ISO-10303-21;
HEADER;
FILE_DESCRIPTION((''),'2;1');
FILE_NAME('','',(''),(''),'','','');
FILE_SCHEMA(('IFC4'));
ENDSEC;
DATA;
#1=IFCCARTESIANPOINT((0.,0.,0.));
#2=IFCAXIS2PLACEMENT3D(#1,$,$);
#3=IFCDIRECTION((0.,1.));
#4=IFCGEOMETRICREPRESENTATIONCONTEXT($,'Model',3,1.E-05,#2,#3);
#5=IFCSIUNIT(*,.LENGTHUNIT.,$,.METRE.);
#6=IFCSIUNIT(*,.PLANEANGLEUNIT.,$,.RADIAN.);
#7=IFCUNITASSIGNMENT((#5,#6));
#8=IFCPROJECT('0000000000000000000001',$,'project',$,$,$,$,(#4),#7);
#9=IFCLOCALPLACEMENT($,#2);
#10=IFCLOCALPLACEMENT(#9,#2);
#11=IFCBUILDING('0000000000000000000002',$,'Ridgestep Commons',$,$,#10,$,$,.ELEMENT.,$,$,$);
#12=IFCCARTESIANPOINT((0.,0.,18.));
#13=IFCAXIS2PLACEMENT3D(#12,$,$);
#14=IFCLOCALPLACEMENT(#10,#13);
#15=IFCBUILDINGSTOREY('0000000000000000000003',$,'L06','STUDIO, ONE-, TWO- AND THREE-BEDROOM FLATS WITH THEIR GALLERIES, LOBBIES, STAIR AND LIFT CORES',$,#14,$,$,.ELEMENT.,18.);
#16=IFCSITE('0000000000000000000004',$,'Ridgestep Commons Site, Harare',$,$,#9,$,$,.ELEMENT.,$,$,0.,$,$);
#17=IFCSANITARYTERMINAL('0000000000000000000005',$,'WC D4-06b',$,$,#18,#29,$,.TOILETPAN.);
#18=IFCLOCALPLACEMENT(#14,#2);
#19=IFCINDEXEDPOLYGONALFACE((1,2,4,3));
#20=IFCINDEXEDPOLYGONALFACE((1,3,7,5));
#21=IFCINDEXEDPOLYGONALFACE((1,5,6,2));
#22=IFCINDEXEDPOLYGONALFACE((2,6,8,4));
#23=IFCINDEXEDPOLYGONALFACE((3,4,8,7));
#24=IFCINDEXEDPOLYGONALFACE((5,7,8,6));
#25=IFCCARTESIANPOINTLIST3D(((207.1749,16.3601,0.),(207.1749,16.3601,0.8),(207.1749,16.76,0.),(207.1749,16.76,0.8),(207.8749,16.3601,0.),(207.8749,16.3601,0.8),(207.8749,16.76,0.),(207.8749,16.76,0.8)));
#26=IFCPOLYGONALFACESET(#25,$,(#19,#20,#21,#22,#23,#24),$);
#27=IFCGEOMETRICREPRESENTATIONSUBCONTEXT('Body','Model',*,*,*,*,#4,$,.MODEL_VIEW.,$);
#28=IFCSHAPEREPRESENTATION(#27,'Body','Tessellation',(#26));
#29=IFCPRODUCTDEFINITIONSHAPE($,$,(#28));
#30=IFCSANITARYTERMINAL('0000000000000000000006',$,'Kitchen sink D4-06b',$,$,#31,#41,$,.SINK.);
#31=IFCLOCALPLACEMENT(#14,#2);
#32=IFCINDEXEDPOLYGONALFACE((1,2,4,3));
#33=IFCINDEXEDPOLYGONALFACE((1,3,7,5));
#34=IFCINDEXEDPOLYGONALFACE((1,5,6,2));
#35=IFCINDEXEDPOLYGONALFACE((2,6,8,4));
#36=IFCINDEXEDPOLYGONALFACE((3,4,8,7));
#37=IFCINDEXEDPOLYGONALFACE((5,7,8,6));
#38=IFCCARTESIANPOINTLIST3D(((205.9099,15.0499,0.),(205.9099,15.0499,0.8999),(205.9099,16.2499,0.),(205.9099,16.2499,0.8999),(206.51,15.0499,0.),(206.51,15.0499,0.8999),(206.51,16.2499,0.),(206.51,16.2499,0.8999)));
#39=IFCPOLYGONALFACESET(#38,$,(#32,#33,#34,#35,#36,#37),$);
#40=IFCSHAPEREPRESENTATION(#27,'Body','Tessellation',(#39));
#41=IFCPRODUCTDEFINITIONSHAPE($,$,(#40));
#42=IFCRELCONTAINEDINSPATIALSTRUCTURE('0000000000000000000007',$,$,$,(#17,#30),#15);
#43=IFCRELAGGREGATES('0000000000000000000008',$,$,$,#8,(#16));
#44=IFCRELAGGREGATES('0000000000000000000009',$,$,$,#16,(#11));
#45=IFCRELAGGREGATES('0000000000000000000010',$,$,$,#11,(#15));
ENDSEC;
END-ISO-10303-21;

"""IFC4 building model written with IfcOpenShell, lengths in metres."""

from ifc_helpers import new_model, si_unit, direction, frame, origin, origin_2d, place, context, subcontext, project, spatial, rectangle, extrude, element, save


model = new_model("IFC4")

# Units and contexts
model_context = context("Model", 3, precision=1e-05, world=origin(), true_north=direction((0.0, 1.0)))
body_context = subcontext(model_context, "Body", "Model", "MODEL_VIEW")
ifc_project = project(units=[si_unit("LENGTHUNIT", "METRE"), si_unit("PLANEANGLEUNIT", "RADIAN")], contexts=[model_context])

# Site, building, storey
site_placement = place(None, origin())
site = spatial("IfcSite", under=ifc_project, at=site_placement, Name="Ridgestep Commons Site, Harare", CompositionType="ELEMENT", RefElevation=0.0)
building_placement = place(site_placement, origin())
building = spatial("IfcBuilding", under=site, at=building_placement, Name="Ridgestep Commons", CompositionType="ELEMENT")
storey_placement = place(building_placement, frame((0.0, 0.0, 18.0)))
storey = spatial("IfcBuildingStorey", under=building, at=storey_placement, Name="L06", Description="STUDIO, ONE-, TWO- AND THREE-BEDROOM FLATS WITH THEIR GALLERIES, LOBBIES, STAIR AND LIFT CORES", CompositionType="ELEMENT", Elevation=18.0)

# Sanitary terminals
sanitary_terminal_1_placement = place(storey_placement, frame((207.5249, 16.5601, 0.0), z_axis=(0.0, 0.0, 1.0), x_axis=(1.0, 0.0, 0.0)))
element("IfcSanitaryTerminal", 1, at=sanitary_terminal_1_placement, inside=storey, Name="WC D4-06b", PredefinedType="TOILETPAN", context=body_context, shape_type="SweptSolid", body=[
    extrude(rectangle(XDim=0.7, YDim=0.3999, at=origin_2d()), origin(), (0.0, 0.0, 1.0), 0.8),
])
sanitary_terminal_2_placement = place(storey_placement, frame((206.21, 15.6499, 0.0), z_axis=(0.0, 0.0, 1.0), x_axis=(1.0, 0.0, 0.0)))
element("IfcSanitaryTerminal", 2, at=sanitary_terminal_2_placement, inside=storey, Name="Kitchen sink D4-06b", PredefinedType="SINK", context=body_context, shape_type="SweptSolid", body=[
    extrude(rectangle(XDim=0.6001, YDim=1.2, at=origin_2d()), origin(), (0.0, 0.0, 1.0), 0.8999),
])

save(model, "model.ifc")
